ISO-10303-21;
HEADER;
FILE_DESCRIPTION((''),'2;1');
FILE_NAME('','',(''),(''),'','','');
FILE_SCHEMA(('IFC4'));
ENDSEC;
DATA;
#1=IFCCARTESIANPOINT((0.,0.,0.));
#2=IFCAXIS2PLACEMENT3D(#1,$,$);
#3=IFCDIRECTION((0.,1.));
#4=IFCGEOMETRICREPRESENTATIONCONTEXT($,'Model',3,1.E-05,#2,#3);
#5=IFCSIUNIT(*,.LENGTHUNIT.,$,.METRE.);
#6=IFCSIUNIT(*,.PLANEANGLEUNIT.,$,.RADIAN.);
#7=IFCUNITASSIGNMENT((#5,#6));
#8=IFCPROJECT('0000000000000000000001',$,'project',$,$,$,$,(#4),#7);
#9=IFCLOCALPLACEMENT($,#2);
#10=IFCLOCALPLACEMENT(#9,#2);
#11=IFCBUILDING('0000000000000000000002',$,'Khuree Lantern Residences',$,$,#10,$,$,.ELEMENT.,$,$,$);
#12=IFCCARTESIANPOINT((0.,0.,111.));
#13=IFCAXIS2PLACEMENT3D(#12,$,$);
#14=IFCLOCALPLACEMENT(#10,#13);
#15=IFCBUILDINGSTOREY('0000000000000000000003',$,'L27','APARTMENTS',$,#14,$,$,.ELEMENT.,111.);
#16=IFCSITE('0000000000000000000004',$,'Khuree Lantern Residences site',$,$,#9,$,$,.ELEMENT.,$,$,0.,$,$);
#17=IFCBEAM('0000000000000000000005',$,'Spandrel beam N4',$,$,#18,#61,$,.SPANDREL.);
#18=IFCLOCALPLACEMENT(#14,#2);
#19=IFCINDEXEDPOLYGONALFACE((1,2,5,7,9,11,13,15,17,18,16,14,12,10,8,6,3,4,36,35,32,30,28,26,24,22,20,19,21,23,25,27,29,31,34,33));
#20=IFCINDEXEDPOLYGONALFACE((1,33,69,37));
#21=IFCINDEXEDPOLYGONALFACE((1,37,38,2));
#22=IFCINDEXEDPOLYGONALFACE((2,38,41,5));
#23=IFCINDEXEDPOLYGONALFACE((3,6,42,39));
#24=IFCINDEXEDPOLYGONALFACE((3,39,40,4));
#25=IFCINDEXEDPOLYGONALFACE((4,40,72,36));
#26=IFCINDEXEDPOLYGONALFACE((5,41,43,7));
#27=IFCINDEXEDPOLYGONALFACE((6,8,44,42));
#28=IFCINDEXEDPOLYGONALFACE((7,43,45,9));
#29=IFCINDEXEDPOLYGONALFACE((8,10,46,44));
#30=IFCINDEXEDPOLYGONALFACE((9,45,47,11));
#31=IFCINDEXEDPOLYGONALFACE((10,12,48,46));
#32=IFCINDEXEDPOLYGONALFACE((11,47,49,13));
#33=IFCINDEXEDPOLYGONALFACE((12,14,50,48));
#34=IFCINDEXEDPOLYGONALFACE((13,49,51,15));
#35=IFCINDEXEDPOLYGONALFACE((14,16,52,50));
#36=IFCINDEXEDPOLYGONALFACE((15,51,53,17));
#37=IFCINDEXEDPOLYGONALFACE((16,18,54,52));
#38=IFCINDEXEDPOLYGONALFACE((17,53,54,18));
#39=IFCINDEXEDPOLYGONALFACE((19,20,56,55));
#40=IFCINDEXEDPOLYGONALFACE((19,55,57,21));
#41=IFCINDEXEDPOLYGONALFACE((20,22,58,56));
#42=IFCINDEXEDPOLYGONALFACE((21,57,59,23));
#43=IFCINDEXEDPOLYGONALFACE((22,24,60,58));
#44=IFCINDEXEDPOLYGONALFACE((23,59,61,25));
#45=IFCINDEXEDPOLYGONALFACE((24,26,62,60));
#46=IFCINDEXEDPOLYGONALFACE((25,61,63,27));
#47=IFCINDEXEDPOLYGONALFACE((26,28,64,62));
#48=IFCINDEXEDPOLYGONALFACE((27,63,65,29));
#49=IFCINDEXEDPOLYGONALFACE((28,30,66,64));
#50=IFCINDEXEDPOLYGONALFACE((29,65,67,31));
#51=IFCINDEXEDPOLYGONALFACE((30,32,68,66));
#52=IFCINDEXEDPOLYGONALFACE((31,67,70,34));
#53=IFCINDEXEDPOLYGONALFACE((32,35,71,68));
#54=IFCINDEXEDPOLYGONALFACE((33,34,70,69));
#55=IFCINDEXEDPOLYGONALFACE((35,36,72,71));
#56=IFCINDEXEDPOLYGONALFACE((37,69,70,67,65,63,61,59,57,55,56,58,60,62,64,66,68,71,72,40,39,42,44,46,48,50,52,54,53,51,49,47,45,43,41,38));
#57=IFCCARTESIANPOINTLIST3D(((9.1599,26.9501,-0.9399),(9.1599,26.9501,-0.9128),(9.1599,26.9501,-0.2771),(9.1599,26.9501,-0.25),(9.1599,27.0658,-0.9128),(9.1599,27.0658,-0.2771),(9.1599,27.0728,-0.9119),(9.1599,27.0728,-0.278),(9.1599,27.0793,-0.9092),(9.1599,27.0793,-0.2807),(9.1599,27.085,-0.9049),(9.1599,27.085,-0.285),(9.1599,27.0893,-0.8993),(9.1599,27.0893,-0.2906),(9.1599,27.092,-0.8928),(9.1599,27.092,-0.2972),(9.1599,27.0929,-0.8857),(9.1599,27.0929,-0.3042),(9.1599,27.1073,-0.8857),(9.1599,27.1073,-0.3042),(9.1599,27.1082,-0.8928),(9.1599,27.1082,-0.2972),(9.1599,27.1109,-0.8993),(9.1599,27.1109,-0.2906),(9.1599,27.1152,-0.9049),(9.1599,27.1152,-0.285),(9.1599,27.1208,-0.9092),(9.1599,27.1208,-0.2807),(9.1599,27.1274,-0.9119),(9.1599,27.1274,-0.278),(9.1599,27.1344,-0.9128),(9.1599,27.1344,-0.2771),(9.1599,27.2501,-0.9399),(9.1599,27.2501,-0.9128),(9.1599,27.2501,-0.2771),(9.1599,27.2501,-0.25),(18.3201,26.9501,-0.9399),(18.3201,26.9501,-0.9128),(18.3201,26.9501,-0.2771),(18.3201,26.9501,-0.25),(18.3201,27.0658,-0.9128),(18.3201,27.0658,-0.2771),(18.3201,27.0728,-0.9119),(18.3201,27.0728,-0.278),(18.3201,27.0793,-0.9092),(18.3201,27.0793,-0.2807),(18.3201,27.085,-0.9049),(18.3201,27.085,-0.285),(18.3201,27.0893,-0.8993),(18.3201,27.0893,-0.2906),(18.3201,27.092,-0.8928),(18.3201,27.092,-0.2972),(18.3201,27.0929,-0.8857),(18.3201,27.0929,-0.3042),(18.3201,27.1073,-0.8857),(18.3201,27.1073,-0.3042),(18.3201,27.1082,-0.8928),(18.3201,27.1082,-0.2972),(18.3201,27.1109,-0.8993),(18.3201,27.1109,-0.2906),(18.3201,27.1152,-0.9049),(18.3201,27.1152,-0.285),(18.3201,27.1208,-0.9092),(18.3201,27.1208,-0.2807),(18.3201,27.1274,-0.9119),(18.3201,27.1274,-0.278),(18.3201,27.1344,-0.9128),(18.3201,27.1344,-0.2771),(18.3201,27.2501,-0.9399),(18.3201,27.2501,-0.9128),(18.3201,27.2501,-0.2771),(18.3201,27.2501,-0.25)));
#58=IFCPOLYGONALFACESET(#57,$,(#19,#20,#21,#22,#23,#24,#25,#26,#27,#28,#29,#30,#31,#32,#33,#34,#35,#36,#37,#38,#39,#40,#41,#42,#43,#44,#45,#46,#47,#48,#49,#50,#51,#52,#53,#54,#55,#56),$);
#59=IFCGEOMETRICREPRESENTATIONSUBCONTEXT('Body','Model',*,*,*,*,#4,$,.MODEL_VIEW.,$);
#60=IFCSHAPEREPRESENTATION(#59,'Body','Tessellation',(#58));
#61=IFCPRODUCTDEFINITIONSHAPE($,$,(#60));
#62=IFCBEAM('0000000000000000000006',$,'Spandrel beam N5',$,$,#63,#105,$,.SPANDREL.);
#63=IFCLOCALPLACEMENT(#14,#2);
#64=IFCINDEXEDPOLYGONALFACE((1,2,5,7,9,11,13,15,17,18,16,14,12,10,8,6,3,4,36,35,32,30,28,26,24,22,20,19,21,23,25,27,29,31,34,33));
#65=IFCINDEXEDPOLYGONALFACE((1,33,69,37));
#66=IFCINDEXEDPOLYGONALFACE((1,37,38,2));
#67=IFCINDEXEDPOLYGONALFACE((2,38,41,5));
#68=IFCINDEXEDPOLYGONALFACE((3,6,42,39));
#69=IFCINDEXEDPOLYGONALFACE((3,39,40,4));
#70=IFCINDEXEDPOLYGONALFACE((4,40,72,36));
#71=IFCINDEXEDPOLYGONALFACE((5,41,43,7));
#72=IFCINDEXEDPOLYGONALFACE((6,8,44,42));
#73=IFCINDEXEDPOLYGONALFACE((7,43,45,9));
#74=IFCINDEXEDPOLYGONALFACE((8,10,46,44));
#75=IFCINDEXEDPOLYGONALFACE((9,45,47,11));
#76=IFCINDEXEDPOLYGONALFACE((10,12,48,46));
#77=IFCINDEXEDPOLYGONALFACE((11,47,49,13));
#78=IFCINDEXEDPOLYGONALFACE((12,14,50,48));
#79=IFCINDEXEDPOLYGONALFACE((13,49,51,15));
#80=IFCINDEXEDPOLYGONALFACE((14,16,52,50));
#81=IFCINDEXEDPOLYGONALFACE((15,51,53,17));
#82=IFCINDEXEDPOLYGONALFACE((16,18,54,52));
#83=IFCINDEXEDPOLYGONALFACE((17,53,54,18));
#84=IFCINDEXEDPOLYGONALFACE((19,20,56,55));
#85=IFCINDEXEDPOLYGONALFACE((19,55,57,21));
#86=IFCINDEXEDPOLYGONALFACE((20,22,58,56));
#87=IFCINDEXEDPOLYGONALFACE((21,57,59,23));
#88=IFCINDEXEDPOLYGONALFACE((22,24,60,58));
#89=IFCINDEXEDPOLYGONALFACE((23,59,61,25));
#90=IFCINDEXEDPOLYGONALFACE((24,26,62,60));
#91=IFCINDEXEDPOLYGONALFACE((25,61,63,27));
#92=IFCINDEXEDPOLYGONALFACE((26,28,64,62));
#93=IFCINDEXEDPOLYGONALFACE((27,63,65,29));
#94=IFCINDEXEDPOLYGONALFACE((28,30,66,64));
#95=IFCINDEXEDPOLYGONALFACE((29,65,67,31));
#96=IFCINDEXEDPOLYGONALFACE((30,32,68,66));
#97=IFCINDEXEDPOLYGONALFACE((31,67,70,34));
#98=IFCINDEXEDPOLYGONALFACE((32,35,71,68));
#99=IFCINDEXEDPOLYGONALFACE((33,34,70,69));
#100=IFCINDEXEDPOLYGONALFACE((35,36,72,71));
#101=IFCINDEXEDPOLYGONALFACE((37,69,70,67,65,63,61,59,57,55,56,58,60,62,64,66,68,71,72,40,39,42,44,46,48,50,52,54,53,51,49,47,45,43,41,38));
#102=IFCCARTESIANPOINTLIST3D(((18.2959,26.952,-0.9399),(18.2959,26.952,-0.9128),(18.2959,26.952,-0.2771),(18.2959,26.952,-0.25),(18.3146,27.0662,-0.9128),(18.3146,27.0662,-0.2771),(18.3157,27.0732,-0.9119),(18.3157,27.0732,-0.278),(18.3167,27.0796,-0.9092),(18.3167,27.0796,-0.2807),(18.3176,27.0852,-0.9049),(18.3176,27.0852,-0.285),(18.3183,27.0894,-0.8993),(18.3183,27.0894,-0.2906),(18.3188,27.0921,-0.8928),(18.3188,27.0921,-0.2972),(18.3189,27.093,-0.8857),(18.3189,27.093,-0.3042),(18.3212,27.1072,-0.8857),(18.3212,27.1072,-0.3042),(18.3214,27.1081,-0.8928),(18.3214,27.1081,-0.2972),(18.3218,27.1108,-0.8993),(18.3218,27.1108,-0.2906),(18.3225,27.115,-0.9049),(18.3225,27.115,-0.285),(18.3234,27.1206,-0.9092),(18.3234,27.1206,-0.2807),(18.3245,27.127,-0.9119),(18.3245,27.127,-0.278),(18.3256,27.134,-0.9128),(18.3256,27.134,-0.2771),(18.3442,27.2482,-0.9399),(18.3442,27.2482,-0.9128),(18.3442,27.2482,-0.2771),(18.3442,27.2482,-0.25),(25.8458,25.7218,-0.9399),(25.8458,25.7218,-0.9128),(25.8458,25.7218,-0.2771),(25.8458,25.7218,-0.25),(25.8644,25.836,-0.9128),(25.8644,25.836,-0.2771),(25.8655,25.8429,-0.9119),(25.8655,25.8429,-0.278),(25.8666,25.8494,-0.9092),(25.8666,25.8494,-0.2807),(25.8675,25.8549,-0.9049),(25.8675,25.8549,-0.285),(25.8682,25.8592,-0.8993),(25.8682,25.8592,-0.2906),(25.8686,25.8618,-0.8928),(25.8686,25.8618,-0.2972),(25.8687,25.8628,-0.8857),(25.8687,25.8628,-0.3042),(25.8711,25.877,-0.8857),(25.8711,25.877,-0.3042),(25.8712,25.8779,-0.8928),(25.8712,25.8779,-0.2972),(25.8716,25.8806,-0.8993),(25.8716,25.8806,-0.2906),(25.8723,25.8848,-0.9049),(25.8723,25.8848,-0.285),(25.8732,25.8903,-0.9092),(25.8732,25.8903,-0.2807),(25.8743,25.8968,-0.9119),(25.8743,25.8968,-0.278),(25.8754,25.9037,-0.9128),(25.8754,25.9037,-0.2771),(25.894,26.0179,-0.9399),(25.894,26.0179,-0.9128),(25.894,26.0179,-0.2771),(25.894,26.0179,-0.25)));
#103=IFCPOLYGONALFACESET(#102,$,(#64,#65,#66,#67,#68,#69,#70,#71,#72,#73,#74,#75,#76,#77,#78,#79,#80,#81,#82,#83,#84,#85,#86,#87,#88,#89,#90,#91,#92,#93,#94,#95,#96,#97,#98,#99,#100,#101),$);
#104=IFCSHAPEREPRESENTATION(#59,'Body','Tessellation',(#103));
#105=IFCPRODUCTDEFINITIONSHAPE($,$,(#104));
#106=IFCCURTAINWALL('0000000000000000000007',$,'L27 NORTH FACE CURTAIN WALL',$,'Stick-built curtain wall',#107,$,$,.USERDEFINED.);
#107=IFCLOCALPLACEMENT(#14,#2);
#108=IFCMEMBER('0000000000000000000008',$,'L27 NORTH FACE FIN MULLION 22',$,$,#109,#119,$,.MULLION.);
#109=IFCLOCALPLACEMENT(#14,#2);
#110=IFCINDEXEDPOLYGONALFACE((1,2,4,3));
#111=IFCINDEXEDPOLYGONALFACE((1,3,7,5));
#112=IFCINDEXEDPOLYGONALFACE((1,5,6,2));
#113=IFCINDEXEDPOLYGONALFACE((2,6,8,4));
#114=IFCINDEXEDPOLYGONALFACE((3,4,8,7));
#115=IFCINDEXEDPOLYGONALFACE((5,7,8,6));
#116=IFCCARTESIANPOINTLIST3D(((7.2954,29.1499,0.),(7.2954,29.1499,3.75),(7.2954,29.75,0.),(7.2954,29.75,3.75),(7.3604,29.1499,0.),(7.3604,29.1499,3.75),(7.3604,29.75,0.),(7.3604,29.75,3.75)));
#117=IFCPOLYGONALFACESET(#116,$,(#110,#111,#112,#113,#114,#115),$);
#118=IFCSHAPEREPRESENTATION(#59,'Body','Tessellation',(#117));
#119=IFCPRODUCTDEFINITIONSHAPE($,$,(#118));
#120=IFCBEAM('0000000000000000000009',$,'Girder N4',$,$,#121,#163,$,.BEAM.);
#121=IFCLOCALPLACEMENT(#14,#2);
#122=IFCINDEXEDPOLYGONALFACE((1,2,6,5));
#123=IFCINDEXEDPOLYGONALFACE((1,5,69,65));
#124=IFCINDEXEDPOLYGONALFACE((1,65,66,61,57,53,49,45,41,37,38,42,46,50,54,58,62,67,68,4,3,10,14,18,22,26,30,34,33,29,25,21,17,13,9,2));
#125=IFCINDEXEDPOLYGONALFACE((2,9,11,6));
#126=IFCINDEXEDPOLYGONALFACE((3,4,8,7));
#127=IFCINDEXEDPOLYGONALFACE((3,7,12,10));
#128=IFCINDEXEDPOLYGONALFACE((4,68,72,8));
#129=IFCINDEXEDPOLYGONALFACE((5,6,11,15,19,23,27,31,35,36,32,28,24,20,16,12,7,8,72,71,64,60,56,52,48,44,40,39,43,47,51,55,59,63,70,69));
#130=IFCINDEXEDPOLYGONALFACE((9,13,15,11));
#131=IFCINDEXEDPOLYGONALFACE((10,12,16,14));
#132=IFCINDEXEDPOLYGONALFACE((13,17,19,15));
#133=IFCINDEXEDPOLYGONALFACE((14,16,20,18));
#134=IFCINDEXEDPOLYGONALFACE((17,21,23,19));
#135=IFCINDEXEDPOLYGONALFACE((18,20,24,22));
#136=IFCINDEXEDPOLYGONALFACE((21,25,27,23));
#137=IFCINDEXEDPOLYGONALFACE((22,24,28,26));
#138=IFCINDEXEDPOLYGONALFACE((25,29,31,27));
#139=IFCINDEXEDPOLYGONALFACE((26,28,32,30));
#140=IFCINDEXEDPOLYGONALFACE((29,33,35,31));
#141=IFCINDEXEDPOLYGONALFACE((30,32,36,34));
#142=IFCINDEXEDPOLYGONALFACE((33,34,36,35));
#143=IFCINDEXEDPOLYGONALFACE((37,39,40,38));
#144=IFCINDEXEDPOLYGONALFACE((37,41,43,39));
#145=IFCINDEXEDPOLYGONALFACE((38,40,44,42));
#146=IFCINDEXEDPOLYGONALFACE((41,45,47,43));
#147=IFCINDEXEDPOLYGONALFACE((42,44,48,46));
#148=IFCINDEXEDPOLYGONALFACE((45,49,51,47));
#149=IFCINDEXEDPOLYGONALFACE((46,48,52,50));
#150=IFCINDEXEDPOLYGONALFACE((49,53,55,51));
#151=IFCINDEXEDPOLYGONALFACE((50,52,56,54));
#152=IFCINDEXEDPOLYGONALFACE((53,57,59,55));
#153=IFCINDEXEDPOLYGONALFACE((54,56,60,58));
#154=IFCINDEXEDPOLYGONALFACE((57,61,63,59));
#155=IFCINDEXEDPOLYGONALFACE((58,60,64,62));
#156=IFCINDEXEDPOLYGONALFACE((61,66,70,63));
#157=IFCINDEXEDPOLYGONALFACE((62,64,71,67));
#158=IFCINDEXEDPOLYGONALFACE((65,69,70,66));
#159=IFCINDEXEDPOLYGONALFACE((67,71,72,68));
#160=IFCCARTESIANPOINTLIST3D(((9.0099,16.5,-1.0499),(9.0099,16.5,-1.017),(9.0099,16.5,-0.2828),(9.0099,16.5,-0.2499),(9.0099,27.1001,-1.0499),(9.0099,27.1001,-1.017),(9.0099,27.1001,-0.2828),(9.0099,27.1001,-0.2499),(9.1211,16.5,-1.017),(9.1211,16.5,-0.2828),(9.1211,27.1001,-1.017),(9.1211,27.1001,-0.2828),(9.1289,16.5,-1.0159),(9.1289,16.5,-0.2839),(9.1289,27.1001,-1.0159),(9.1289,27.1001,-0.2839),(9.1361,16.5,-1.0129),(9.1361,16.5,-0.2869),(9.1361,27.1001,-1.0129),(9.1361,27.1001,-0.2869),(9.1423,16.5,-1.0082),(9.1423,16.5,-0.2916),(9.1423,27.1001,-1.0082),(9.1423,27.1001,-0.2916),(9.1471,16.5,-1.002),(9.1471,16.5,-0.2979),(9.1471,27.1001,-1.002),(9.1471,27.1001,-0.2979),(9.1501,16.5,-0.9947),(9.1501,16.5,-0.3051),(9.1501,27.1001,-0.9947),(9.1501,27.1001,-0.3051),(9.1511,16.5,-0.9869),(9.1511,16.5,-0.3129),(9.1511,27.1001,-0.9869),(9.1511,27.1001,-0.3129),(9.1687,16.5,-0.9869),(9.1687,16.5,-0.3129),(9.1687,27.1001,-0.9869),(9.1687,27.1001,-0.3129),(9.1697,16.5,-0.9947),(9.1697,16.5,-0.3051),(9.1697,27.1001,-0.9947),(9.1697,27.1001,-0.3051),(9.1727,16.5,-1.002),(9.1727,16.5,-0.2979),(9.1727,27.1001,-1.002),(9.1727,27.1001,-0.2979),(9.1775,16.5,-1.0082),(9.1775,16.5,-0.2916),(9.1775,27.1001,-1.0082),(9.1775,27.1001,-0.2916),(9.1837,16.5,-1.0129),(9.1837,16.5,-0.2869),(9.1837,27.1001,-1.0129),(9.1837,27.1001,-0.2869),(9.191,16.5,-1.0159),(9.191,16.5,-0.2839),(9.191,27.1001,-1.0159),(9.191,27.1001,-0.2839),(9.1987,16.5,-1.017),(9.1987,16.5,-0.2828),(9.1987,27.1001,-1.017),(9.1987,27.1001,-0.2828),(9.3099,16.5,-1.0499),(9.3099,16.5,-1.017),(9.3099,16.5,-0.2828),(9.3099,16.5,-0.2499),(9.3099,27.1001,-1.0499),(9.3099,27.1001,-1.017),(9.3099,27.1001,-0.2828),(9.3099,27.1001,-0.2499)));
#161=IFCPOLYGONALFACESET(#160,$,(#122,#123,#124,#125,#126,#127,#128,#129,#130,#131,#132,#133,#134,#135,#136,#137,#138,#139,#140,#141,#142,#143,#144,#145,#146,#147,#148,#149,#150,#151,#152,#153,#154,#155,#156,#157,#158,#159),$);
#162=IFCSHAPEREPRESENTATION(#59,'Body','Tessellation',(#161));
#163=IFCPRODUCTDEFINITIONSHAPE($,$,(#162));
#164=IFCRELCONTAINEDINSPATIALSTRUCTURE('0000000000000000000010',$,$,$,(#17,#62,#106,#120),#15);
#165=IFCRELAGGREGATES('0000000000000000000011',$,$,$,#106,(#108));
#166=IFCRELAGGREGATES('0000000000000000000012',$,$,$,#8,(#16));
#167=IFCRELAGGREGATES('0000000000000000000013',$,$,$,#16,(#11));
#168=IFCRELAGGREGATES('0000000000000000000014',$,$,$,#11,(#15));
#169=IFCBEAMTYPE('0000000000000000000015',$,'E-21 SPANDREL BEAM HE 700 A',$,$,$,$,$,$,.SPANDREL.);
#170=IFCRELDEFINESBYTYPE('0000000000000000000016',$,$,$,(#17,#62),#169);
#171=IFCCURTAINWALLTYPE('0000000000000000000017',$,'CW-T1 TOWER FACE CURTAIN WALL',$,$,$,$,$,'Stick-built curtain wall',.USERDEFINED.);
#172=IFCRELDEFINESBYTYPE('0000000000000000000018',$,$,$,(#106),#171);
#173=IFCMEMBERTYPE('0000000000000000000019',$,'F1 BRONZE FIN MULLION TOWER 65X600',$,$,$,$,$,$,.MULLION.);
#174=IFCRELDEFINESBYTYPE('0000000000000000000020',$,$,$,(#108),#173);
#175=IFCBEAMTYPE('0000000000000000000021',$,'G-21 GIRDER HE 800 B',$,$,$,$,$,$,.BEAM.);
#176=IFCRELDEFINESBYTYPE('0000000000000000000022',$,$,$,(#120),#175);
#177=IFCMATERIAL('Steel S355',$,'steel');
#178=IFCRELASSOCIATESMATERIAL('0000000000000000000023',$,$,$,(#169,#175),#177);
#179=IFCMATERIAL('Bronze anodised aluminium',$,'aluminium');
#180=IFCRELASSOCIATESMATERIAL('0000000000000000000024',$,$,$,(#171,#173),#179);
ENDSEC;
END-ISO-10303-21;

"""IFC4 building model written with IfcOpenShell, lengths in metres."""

from ifc_helpers import new_model, si_unit, direction, frame, origin, origin_2d, place, context, subcontext, project, spatial, rectangle, i_section, extrude, material, material_profile, profile_set, type_object, element, aggregate, save


model = new_model("IFC4")

# Units and contexts
model_context = context("Model", 3, precision=1e-05, world=origin(), true_north=direction((0.0, 1.0)))
body_context = subcontext(model_context, "Body", "Model", "MODEL_VIEW")
ifc_project = project(units=[si_unit("LENGTHUNIT", "METRE"), si_unit("PLANEANGLEUNIT", "RADIAN")], contexts=[model_context])

# Site, building, storey
site_placement = place(None, origin())
site = spatial("IfcSite", under=ifc_project, at=site_placement, Name="Khuree Lantern Residences site", CompositionType="ELEMENT", RefElevation=0.0)
building_placement = place(site_placement, origin())
building = spatial("IfcBuilding", under=site, at=building_placement, Name="Khuree Lantern Residences", CompositionType="ELEMENT")
storey_placement = place(building_placement, frame((0.0, 0.0, 111.0)))
storey = spatial("IfcBuildingStorey", under=building, at=storey_placement, Name="L27", Description="APARTMENTS", CompositionType="ELEMENT", Elevation=111.0)

# Beams
ifc_material_1 = material(Name="Steel S355", Category="steel")
ifc_material_profile_1 = material_profile(ifc_material_1, i_section(OverallWidth=0.3, OverallDepth=0.6899, WebThickness=0.0144, FlangeThickness=0.0271, FilletRadius=0.0271, at=origin_2d()), Name="HE 700 A")
ifc_profile_set_1 = profile_set([ifc_material_profile_1], Name="Steel S355")
beam_type_1 = type_object("IfcBeamType", Name="E-21 SPANDREL BEAM HE 700 A", PredefinedType="SPANDREL", material=ifc_profile_set_1)
beam_1_placement = place(storey_placement, frame((9.1599, 27.1001, -0.595), z_axis=(1.0, 0.0, 0.0), x_axis=(0.0, 1.0, 0.0)))
element("IfcBeam", 1, at=beam_1_placement, inside=storey, type_object=beam_type_1, Name="Spandrel beam N4", PredefinedType="SPANDREL", context=body_context, shape_type="SweptSolid", body=[
    extrude(i_section(OverallWidth=0.3, OverallDepth=0.6899, WebThickness=0.0144, FlangeThickness=0.0271, FilletRadius=0.0271, at=origin_2d()), origin(), (0.0, 0.0, 1.0), 9.1602),
])
beam_2_placement = place(storey_placement, frame((18.3201, 27.1001, -0.595), z_axis=(0.986983, -0.160827, 0.0), x_axis=(0.160827, 0.986983, 0.0)))
element("IfcBeam", 2, at=beam_2_placement, inside=storey, type_object=beam_type_1, Name="Spandrel beam N5", PredefinedType="SPANDREL", context=body_context, shape_type="SweptSolid", body=[
    extrude(i_section(OverallWidth=0.3, OverallDepth=0.6899, WebThickness=0.0144, FlangeThickness=0.0271, FilletRadius=0.0271, at=origin_2d()), origin(), (0.0, 0.0, 1.0), 7.6494),
])

# Curtain wall, member
ifc_material_2 = material(Name="Bronze anodised aluminium", Category="aluminium")
curtain_wall_type = type_object("IfcCurtainWallType", Name="CW-T1 TOWER FACE CURTAIN WALL", ElementType="Stick-built curtain wall", PredefinedType="USERDEFINED", material=ifc_material_2)
curtain_wall_placement = place(storey_placement, origin())
curtain_wall = element("IfcCurtainWall", 3, at=curtain_wall_placement, inside=storey, type_object=curtain_wall_type, Name="L27 NORTH FACE CURTAIN WALL", ObjectType="Stick-built curtain wall", PredefinedType="USERDEFINED")
ifc_material_profile_2 = material_profile(ifc_material_2, rectangle(XDim=0.0649, YDim=0.6001, at=origin_2d()), Name="F1 65X600")
ifc_profile_set_2 = profile_set([ifc_material_profile_2], Name="Bronze anodised aluminium")
member_type_1 = type_object("IfcMemberType", Name="F1 BRONZE FIN MULLION TOWER 65X600", PredefinedType="MULLION", material=ifc_profile_set_2)
member_1_placement = place(storey_placement, frame((7.3279, 29.45, 0.0), z_axis=(0.0, 0.0, 1.0), x_axis=(-1.0, 0.0, 0.0)))
member_1 = element("IfcMember", 4, at=member_1_placement, type_object=member_type_1, Name="L27 NORTH FACE FIN MULLION 22", PredefinedType="MULLION", context=body_context, shape_type="SweptSolid", body=[
    extrude(rectangle(XDim=0.0649, YDim=0.6001, at=origin_2d()), origin(), (0.0, 0.0, 1.0), 3.75),
])

# Beam
ifc_material_profile_3 = material_profile(ifc_material_1, i_section(OverallWidth=0.3, OverallDepth=0.8, WebThickness=0.0176, FlangeThickness=0.033, FilletRadius=0.03, at=origin_2d()), Name="HE 800 B")
ifc_profile_set_3 = profile_set([ifc_material_profile_3], Name="Steel S355")
beam_type_2 = type_object("IfcBeamType", Name="G-21 GIRDER HE 800 B", PredefinedType="BEAM", material=ifc_profile_set_3)
beam_3_placement = place(storey_placement, frame((9.1599, 27.1001, -0.6499), z_axis=(0.0, -1.0, 0.0), x_axis=(1.0, 0.0, 0.0)))
element("IfcBeam", 5, at=beam_3_placement, inside=storey, type_object=beam_type_2, Name="Girder N4", PredefinedType="BEAM", context=body_context, shape_type="SweptSolid", body=[
    extrude(i_section(OverallWidth=0.3, OverallDepth=0.8, WebThickness=0.0176, FlangeThickness=0.033, FilletRadius=0.03, at=origin_2d()), origin(), (0.0, 0.0, 1.0), 10.6001),
])

aggregate(curtain_wall, [member_1])

save(model, "model.ifc")
